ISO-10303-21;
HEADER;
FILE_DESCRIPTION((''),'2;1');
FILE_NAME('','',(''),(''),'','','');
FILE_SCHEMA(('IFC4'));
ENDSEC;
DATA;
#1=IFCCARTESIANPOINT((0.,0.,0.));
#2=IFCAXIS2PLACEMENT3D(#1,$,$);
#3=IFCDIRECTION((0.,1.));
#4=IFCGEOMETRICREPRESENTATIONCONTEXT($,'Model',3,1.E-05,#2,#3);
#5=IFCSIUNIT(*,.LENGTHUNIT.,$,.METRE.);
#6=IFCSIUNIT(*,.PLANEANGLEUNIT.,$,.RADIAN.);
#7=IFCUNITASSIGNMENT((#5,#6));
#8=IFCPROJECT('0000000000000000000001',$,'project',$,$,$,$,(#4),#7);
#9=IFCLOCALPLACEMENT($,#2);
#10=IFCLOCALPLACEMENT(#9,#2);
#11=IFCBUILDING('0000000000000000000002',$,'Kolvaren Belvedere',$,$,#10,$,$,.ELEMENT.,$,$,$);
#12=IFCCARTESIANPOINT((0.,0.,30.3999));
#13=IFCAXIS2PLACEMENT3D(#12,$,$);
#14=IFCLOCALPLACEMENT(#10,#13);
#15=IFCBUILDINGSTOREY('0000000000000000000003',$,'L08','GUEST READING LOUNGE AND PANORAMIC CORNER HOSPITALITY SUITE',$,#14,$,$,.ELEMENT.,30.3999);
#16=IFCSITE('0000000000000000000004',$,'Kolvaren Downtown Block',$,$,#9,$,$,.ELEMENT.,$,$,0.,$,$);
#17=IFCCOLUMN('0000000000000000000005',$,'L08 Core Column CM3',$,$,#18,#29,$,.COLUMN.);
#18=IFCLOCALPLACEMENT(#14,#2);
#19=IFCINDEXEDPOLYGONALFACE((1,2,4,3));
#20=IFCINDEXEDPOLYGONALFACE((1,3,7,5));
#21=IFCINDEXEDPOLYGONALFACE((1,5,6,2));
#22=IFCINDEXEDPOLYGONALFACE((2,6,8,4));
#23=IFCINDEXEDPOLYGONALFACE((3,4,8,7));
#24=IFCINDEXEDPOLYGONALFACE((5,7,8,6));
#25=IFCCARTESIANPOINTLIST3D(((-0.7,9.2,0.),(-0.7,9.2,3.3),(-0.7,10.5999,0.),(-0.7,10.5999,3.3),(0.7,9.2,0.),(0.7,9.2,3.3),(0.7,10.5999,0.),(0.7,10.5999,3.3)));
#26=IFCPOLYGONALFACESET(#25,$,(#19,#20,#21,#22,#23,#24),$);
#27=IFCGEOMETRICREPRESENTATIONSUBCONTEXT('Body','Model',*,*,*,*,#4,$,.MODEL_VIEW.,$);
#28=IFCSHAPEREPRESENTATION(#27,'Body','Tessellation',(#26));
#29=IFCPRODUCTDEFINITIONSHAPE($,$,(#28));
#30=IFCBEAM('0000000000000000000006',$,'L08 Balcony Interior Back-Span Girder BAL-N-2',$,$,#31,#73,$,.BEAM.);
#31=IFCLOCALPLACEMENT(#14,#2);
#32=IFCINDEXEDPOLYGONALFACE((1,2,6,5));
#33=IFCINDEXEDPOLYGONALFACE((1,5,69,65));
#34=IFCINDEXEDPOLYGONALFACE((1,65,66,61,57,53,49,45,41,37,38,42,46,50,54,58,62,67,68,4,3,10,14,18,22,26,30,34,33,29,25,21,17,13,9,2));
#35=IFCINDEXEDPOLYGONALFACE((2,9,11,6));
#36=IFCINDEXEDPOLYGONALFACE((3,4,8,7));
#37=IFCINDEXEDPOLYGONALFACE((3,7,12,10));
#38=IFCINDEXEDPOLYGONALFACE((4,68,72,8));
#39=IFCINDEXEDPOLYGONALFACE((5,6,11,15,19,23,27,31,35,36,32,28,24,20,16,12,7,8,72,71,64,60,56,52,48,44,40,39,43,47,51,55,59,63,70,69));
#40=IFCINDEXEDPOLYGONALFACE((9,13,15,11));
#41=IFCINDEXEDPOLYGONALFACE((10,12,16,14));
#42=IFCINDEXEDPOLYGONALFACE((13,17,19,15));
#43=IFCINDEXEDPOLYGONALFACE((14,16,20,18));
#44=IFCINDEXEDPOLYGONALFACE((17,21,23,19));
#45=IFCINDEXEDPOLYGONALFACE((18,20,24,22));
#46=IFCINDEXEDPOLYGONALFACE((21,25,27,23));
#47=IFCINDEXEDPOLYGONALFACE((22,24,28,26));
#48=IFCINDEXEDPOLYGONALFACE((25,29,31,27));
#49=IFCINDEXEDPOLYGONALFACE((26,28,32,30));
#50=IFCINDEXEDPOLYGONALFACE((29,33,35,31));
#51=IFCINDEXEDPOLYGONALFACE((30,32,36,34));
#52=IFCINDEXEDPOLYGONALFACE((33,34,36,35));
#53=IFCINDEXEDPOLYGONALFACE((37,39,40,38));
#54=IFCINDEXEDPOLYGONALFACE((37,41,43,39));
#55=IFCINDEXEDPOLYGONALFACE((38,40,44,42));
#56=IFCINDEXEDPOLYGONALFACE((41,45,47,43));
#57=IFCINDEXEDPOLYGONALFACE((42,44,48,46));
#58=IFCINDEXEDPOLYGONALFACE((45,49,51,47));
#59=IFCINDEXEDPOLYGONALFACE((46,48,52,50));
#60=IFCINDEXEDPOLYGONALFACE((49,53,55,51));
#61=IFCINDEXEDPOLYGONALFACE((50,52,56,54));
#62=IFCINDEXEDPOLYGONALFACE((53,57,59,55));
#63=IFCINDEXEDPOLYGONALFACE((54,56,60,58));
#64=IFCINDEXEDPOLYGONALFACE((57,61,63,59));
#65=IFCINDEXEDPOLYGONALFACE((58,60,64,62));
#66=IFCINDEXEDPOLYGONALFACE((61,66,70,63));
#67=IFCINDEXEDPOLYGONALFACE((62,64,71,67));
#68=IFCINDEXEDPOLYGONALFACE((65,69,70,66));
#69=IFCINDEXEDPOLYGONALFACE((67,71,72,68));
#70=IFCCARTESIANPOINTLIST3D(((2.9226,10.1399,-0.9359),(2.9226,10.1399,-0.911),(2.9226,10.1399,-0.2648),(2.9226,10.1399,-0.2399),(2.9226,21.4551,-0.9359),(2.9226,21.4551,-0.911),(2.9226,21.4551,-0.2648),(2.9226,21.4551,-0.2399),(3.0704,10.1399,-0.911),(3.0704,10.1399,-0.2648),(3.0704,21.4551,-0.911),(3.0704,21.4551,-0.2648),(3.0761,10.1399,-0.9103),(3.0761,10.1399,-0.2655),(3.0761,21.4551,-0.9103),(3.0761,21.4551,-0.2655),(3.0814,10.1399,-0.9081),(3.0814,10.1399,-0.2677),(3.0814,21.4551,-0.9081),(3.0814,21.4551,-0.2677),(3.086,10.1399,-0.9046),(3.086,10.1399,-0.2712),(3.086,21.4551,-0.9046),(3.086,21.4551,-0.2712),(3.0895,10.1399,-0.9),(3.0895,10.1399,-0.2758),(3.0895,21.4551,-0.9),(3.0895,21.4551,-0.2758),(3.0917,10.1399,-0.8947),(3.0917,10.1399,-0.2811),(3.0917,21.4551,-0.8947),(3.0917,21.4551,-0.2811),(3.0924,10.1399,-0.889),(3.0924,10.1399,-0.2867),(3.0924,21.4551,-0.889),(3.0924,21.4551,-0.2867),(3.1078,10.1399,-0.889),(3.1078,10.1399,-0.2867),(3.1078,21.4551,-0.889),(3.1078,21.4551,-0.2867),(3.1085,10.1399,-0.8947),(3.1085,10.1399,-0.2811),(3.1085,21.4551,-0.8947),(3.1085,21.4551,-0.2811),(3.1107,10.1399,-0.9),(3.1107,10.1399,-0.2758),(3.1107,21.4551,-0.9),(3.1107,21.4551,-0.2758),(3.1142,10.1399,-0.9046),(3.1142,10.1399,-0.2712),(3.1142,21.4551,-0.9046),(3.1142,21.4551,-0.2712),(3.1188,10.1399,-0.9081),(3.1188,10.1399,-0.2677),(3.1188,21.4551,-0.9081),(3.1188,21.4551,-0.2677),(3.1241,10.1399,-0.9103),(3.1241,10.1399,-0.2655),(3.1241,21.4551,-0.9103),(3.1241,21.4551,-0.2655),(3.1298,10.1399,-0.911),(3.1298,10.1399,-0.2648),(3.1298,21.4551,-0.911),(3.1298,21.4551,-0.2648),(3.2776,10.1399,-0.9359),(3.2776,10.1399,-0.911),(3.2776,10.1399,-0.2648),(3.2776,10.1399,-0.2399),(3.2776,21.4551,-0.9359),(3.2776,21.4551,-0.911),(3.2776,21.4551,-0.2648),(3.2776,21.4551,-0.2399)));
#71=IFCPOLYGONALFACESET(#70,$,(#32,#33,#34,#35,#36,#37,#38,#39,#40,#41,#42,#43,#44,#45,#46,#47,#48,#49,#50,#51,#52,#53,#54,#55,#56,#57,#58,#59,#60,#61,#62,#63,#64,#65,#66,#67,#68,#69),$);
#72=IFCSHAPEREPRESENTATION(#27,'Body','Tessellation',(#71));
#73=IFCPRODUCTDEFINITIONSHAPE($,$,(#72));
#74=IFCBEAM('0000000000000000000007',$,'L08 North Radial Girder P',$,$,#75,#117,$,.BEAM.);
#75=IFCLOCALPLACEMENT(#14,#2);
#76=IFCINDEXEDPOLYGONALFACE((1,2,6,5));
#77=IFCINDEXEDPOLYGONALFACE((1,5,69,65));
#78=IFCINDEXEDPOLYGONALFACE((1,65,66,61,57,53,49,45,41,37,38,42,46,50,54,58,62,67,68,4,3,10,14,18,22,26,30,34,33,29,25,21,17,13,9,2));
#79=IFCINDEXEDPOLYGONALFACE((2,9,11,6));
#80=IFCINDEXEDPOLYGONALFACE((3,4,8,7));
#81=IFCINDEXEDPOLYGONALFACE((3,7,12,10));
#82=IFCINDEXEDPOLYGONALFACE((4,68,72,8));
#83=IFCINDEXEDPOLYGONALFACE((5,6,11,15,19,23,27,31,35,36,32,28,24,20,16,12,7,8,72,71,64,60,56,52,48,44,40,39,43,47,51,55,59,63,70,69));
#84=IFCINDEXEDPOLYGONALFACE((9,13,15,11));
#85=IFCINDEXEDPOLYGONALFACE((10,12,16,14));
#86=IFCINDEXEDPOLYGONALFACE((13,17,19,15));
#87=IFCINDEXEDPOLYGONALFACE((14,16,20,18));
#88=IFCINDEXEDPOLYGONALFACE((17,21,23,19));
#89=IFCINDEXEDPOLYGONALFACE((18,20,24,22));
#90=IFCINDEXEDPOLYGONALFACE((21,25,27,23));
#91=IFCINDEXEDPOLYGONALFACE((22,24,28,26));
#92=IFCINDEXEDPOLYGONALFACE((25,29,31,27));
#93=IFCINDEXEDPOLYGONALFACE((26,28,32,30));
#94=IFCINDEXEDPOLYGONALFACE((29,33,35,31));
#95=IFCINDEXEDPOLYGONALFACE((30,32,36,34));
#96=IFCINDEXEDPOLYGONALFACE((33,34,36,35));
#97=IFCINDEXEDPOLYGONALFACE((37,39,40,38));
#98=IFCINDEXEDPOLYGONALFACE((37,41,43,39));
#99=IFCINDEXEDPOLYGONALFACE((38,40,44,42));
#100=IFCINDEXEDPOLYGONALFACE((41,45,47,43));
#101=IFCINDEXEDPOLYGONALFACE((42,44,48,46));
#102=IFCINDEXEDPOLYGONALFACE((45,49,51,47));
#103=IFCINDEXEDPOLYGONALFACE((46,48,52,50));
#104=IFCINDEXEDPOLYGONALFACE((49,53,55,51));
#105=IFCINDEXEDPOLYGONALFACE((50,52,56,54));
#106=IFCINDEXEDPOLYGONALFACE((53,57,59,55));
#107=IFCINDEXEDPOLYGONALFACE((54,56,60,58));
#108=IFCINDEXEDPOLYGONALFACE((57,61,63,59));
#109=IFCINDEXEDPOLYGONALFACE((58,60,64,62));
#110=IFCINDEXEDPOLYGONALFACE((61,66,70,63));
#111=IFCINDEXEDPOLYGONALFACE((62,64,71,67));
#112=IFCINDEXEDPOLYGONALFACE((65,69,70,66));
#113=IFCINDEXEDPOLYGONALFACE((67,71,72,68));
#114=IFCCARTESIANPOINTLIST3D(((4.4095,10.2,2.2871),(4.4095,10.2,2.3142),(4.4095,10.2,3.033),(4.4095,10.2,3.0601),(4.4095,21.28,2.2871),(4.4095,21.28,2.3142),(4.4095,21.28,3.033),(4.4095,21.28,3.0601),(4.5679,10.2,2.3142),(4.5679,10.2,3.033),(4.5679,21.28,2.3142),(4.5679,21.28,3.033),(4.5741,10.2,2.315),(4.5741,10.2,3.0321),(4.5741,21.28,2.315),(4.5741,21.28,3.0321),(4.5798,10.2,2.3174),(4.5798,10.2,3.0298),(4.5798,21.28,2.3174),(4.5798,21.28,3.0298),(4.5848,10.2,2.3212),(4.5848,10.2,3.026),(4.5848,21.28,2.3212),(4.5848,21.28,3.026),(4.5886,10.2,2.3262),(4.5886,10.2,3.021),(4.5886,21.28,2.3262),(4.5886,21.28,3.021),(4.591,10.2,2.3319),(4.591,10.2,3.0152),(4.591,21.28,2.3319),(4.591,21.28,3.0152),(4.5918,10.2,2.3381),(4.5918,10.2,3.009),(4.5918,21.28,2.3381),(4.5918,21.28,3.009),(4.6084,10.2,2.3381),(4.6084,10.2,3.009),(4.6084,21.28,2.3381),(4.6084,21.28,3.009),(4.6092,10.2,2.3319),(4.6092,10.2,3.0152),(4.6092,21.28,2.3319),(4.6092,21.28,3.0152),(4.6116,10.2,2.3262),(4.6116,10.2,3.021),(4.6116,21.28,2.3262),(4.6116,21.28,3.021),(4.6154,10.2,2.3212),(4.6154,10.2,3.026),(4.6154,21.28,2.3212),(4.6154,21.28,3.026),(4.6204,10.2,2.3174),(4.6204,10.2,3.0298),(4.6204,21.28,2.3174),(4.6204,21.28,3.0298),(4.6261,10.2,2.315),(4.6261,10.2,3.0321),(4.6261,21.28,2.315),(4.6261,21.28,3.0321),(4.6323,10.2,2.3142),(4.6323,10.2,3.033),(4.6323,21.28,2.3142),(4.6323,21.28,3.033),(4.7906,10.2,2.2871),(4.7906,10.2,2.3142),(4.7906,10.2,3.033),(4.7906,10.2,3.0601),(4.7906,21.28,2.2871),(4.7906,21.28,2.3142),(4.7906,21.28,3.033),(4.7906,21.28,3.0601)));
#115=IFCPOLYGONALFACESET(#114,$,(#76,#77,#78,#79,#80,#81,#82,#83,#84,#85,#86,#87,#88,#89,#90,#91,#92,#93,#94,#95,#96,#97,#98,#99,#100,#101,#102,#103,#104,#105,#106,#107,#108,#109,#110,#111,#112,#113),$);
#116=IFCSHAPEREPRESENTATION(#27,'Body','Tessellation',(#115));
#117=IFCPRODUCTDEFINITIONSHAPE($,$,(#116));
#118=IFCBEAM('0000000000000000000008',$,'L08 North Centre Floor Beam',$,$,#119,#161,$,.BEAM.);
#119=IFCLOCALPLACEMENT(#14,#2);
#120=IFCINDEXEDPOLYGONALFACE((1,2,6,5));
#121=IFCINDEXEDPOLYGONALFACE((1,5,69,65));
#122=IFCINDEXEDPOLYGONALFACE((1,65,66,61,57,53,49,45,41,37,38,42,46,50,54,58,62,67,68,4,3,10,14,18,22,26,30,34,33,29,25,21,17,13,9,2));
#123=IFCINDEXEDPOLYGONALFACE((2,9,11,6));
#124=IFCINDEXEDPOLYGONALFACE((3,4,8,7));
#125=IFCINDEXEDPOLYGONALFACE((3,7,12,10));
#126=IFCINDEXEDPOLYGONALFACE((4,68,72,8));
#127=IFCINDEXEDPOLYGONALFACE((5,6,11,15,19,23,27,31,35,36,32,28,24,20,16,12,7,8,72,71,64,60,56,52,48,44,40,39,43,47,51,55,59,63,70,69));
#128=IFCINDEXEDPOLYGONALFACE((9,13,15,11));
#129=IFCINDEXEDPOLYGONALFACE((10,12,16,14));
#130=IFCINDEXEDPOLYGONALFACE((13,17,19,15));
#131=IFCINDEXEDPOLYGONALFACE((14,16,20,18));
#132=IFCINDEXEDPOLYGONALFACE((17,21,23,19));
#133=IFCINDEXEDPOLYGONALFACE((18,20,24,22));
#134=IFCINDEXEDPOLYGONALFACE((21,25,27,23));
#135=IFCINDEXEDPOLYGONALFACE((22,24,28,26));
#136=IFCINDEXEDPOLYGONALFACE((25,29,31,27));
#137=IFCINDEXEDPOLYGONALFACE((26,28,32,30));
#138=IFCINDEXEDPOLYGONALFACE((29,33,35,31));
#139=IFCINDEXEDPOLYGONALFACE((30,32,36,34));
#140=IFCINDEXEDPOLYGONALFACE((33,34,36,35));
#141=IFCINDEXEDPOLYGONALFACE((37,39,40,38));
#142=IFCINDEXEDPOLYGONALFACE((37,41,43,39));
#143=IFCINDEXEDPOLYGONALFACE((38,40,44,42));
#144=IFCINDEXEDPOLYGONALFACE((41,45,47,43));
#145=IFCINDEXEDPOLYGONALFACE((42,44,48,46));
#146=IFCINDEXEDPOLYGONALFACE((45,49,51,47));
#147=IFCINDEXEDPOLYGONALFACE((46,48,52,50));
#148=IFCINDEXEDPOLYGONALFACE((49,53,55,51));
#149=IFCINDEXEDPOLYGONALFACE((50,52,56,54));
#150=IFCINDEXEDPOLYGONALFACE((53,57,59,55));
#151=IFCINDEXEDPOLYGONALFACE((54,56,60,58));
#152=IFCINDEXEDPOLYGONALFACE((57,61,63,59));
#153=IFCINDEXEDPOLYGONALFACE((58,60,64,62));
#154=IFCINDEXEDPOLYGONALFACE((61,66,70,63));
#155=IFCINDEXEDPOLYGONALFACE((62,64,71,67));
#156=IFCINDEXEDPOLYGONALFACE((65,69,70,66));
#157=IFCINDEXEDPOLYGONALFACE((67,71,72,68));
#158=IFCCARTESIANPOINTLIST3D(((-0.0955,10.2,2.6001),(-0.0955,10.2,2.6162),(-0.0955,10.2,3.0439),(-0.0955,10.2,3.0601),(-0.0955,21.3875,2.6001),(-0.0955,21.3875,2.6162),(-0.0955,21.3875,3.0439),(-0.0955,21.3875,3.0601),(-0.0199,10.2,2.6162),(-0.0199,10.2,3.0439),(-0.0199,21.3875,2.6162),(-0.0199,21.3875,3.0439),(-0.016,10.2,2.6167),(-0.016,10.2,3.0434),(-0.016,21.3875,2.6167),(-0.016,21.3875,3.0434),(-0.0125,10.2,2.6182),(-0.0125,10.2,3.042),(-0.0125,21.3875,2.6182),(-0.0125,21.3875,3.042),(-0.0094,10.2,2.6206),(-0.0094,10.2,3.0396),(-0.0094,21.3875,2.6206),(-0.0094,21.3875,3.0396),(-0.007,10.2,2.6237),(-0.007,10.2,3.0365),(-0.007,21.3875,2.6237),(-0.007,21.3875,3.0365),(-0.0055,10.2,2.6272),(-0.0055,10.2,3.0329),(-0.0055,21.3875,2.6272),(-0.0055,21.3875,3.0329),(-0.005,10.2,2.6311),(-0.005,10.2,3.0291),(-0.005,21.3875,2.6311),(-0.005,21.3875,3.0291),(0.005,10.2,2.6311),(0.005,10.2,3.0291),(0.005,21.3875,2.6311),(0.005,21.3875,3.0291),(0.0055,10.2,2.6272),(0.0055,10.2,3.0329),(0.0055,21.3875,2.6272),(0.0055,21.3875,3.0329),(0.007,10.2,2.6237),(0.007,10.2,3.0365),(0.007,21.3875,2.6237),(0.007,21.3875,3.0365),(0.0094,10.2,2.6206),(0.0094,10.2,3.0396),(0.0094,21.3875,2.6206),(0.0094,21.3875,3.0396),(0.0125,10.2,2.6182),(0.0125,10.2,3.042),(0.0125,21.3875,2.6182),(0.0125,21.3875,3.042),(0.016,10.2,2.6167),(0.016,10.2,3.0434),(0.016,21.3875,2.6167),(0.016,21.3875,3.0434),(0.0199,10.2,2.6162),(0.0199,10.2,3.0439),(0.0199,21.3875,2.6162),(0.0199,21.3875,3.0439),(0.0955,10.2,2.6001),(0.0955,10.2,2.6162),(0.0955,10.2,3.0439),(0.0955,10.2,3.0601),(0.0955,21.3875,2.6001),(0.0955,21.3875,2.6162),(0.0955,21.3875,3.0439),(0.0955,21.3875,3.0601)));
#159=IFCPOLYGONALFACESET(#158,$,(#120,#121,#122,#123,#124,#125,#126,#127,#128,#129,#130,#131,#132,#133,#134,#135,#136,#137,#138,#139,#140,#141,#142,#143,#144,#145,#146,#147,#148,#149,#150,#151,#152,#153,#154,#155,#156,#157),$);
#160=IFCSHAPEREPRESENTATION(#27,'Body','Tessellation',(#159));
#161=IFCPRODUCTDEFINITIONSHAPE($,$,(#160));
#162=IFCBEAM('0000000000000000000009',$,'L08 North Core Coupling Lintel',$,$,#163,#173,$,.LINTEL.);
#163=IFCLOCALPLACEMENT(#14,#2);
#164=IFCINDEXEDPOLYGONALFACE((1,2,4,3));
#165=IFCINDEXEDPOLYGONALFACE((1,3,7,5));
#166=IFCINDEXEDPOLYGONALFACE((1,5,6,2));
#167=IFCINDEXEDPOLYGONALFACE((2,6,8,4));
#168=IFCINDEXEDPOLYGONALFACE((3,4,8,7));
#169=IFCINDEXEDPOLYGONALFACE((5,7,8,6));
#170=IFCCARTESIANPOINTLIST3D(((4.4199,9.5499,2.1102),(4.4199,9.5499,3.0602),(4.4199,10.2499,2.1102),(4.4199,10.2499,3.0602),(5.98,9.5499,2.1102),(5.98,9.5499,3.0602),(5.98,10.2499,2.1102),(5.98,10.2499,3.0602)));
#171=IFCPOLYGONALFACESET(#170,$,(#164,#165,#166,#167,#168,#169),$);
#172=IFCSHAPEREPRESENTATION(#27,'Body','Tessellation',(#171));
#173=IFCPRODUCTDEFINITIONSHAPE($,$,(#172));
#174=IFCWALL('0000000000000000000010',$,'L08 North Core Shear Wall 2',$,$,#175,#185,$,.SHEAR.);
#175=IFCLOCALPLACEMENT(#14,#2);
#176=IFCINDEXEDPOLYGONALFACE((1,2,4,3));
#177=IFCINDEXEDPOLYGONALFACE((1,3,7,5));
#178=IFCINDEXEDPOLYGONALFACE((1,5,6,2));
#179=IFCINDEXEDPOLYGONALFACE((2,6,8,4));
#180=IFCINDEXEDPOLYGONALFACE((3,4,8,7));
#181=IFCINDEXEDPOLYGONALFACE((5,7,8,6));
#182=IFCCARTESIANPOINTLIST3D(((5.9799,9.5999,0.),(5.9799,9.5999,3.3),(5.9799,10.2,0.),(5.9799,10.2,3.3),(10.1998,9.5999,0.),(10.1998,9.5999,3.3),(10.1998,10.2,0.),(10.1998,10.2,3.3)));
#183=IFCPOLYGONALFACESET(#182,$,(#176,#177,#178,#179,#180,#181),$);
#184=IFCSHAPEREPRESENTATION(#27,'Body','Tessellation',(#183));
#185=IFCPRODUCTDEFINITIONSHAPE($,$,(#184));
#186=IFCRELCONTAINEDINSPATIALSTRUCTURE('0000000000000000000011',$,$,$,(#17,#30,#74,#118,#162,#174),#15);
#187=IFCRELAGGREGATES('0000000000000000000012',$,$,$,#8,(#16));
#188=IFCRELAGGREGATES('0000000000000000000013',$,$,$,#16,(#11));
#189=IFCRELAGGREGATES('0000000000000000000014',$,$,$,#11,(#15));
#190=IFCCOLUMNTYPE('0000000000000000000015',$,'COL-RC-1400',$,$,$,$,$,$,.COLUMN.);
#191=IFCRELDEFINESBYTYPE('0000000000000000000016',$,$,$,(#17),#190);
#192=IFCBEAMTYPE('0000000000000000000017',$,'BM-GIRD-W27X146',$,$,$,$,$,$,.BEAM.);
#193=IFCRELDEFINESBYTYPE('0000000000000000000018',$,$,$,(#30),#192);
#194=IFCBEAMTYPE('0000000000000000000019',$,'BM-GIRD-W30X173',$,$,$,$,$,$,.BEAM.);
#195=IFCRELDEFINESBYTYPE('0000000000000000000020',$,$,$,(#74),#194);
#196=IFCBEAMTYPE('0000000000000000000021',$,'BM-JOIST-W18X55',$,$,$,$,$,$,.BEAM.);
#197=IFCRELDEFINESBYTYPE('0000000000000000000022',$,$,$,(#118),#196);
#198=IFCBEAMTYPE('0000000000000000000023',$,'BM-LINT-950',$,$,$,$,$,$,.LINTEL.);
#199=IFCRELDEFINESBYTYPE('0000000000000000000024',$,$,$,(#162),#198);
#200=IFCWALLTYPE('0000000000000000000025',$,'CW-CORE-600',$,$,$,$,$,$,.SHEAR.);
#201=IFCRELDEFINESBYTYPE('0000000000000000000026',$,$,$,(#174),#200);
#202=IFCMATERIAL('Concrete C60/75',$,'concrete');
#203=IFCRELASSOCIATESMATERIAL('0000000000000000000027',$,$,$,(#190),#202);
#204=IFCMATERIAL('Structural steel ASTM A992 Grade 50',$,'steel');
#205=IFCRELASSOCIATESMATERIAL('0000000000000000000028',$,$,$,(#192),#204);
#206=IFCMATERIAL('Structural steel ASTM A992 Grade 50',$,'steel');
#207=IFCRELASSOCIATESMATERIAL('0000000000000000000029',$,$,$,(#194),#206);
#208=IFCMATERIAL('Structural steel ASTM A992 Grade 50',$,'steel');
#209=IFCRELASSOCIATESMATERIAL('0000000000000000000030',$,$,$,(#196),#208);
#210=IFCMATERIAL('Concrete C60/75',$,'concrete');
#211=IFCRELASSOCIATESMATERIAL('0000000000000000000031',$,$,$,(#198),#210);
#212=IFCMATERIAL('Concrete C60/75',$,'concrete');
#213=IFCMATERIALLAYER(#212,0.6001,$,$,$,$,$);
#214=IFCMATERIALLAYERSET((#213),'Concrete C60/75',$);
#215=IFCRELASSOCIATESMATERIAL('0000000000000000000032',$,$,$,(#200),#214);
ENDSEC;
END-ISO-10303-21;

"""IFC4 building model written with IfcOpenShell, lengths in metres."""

from ifc_helpers import new_model, si_unit, direction, frame, frame_2d, origin, origin_2d, place, context, subcontext, project, spatial, rectangle, i_section, extrude, material, layer, layer_set, material_profile, profile_set, type_object, element, save


model = new_model("IFC4")

# Units and contexts
model_context = context("Model", 3, precision=1e-05, world=origin(), true_north=direction((0.0, 1.0)))
body_context = subcontext(model_context, "Body", "Model", "MODEL_VIEW")
ifc_project = project(units=[si_unit("LENGTHUNIT", "METRE"), si_unit("PLANEANGLEUNIT", "RADIAN")], contexts=[model_context])

# Site, building, storey
site_placement = place(None, origin())
site = spatial("IfcSite", under=ifc_project, at=site_placement, Name="Kolvaren Downtown Block", CompositionType="ELEMENT", RefElevation=0.0)
building_placement = place(site_placement, origin())
building = spatial("IfcBuilding", under=site, at=building_placement, Name="Kolvaren Belvedere", CompositionType="ELEMENT")
storey_placement = place(building_placement, frame((0.0, 0.0, 30.3999)))
storey = spatial("IfcBuildingStorey", under=building, at=storey_placement, Name="L08", Description="GUEST READING LOUNGE AND PANORAMIC CORNER HOSPITALITY SUITE", CompositionType="ELEMENT", Elevation=30.3999)

# Column
ifc_material_1 = material(Name="Concrete C60/75", Category="concrete")
ifc_material_profile_1 = material_profile(ifc_material_1, rectangle(XDim=1.3999, YDim=1.3999, at=origin_2d()), Name="RC 1400X1400")
ifc_profile_set_1 = profile_set([ifc_material_profile_1], Name="Concrete C60/75")
column_type = type_object("IfcColumnType", Name="COL-RC-1400", PredefinedType="COLUMN", material=ifc_profile_set_1)
column_placement = place(storey_placement, frame((0.0, 9.8999, 0.0), z_axis=(0.0, 0.0, 1.0), x_axis=(1.0, 0.0, 0.0)))
element("IfcColumn", 1, at=column_placement, inside=storey, type_object=column_type, Name="L08 Core Column CM3", PredefinedType="COLUMN", context=body_context, shape_type="SweptSolid", body=[
    extrude(rectangle(XDim=1.3999, YDim=1.3999, at=origin_2d()), origin(), (0.0, 0.0, 1.0), 3.3),
])

# Beams
ifc_material_2 = material(Name="Structural steel ASTM A992 Grade 50", Category="steel")
ifc_material_profile_2 = material_profile(ifc_material_2, i_section(OverallWidth=0.355, OverallDepth=0.696, WebThickness=0.0154, FlangeThickness=0.0249, FilletRadius=0.022, at=origin_2d()), Name="W27X146")
ifc_profile_set_2 = profile_set([ifc_material_profile_2], Name="Structural steel ASTM A992 Grade 50")
beam_type_1 = type_object("IfcBeamType", Name="BM-GIRD-W27X146", PredefinedType="BEAM", material=ifc_profile_set_2)
beam_1_placement = place(storey_placement, frame((3.1001, 10.1399, -0.5879), z_axis=(0.0, 1.0, 0.0), x_axis=(-1.0, 0.0, 0.0)))
element("IfcBeam", 2, at=beam_1_placement, inside=storey, type_object=beam_type_1, Name="L08 Balcony Interior Back-Span Girder BAL-N-2", PredefinedType="BEAM", context=body_context, shape_type="SweptSolid", body=[
    extrude(i_section(OverallWidth=0.355, OverallDepth=0.696, WebThickness=0.0154, FlangeThickness=0.0249, FilletRadius=0.022, at=origin_2d()), origin(), (0.0, 0.0, 1.0), 11.3152),
])
ifc_material_3 = material(Name="Structural steel ASTM A992 Grade 50", Category="steel")
ifc_material_profile_3 = material_profile(ifc_material_3, i_section(OverallWidth=0.3811, OverallDepth=0.7729, WebThickness=0.0166, FlangeThickness=0.0271, FilletRadius=0.0239, at=origin_2d()), Name="W30X173")
ifc_profile_set_3 = profile_set([ifc_material_profile_3], Name="Structural steel ASTM A992 Grade 50")
beam_type_2 = type_object("IfcBeamType", Name="BM-GIRD-W30X173", PredefinedType="BEAM", material=ifc_profile_set_3)
beam_2_placement = place(storey_placement, frame((4.6001, 10.2, 2.6736), z_axis=(0.0, 1.0, 0.0), x_axis=(-1.0, 0.0, 0.0)))
element("IfcBeam", 3, at=beam_2_placement, inside=storey, type_object=beam_type_2, Name="L08 North Radial Girder P", PredefinedType="BEAM", context=body_context, shape_type="SweptSolid", body=[
    extrude(i_section(OverallWidth=0.3811, OverallDepth=0.7729, WebThickness=0.0166, FlangeThickness=0.0271, FilletRadius=0.0239, at=origin_2d()), origin(), (0.0, 0.0, 1.0), 11.0801),
])
ifc_material_4 = material(Name="Structural steel ASTM A992 Grade 50", Category="steel")
ifc_material_profile_4 = material_profile(ifc_material_4, i_section(OverallWidth=0.1909, OverallDepth=0.46, WebThickness=0.01, FlangeThickness=0.0161, FilletRadius=0.0149, at=origin_2d()), Name="W18X55")
ifc_profile_set_4 = profile_set([ifc_material_profile_4], Name="Structural steel ASTM A992 Grade 50")
beam_type_3 = type_object("IfcBeamType", Name="BM-JOIST-W18X55", PredefinedType="BEAM", material=ifc_profile_set_4)
beam_3_placement = place(storey_placement, frame((0.0, 10.2, 2.8301), z_axis=(0.0, 1.0, 0.0), x_axis=(-1.0, 0.0, 0.0)))
element("IfcBeam", 4, at=beam_3_placement, inside=storey, type_object=beam_type_3, Name="L08 North Centre Floor Beam", PredefinedType="BEAM", context=body_context, shape_type="SweptSolid", body=[
    extrude(i_section(OverallWidth=0.1909, OverallDepth=0.46, WebThickness=0.01, FlangeThickness=0.0161, FilletRadius=0.0149, at=origin_2d()), origin(), (0.0, 0.0, 1.0), 11.1875),
])
ifc_material_5 = material(Name="Concrete C60/75", Category="concrete")
ifc_material_profile_5 = material_profile(ifc_material_5, rectangle(XDim=0.7, YDim=0.95, at=origin_2d()), Name="RC 700X950")
ifc_profile_set_5 = profile_set([ifc_material_profile_5], Name="Concrete C60/75")
beam_type_4 = type_object("IfcBeamType", Name="BM-LINT-950", PredefinedType="LINTEL", material=ifc_profile_set_5)
beam_4_placement = place(storey_placement, frame((4.4199, 9.8999, 2.5852), z_axis=(1.0, 0.0, 0.0), x_axis=(0.0, 1.0, 0.0)))
element("IfcBeam", 5, at=beam_4_placement, inside=storey, type_object=beam_type_4, Name="L08 North Core Coupling Lintel", PredefinedType="LINTEL", context=body_context, shape_type="SweptSolid", body=[
    extrude(rectangle(XDim=0.7, YDim=0.95, at=origin_2d()), origin(), (0.0, 0.0, 1.0), 1.5601),
])

# Wall
ifc_material_6 = material(Name="Concrete C60/75", Category="concrete")
ifc_layer_1 = layer(ifc_material_6, 0.6001)
ifc_layer_set_1 = layer_set([ifc_layer_1], Name="Concrete C60/75")
wall_type_1 = type_object("IfcWallType", Name="CW-CORE-600", PredefinedType="SHEAR", material=ifc_layer_set_1)
wall_1_placement = place(storey_placement, frame((5.98, 9.8999, 0.0), z_axis=(0.0, 0.0, 1.0), x_axis=(1.0, 0.0, 0.0)))
element("IfcWall", 6, at=wall_1_placement, inside=storey, type_object=wall_type_1, Name="L08 North Core Shear Wall 2", PredefinedType="SHEAR", context=body_context, shape_type="SweptSolid", body=[
    extrude(rectangle(XDim=4.22, YDim=0.6001, at=frame_2d((2.1099, 0.0))), origin(), (0.0, 0.0, 1.0), 3.3),
])

save(model, "model.ifc")
